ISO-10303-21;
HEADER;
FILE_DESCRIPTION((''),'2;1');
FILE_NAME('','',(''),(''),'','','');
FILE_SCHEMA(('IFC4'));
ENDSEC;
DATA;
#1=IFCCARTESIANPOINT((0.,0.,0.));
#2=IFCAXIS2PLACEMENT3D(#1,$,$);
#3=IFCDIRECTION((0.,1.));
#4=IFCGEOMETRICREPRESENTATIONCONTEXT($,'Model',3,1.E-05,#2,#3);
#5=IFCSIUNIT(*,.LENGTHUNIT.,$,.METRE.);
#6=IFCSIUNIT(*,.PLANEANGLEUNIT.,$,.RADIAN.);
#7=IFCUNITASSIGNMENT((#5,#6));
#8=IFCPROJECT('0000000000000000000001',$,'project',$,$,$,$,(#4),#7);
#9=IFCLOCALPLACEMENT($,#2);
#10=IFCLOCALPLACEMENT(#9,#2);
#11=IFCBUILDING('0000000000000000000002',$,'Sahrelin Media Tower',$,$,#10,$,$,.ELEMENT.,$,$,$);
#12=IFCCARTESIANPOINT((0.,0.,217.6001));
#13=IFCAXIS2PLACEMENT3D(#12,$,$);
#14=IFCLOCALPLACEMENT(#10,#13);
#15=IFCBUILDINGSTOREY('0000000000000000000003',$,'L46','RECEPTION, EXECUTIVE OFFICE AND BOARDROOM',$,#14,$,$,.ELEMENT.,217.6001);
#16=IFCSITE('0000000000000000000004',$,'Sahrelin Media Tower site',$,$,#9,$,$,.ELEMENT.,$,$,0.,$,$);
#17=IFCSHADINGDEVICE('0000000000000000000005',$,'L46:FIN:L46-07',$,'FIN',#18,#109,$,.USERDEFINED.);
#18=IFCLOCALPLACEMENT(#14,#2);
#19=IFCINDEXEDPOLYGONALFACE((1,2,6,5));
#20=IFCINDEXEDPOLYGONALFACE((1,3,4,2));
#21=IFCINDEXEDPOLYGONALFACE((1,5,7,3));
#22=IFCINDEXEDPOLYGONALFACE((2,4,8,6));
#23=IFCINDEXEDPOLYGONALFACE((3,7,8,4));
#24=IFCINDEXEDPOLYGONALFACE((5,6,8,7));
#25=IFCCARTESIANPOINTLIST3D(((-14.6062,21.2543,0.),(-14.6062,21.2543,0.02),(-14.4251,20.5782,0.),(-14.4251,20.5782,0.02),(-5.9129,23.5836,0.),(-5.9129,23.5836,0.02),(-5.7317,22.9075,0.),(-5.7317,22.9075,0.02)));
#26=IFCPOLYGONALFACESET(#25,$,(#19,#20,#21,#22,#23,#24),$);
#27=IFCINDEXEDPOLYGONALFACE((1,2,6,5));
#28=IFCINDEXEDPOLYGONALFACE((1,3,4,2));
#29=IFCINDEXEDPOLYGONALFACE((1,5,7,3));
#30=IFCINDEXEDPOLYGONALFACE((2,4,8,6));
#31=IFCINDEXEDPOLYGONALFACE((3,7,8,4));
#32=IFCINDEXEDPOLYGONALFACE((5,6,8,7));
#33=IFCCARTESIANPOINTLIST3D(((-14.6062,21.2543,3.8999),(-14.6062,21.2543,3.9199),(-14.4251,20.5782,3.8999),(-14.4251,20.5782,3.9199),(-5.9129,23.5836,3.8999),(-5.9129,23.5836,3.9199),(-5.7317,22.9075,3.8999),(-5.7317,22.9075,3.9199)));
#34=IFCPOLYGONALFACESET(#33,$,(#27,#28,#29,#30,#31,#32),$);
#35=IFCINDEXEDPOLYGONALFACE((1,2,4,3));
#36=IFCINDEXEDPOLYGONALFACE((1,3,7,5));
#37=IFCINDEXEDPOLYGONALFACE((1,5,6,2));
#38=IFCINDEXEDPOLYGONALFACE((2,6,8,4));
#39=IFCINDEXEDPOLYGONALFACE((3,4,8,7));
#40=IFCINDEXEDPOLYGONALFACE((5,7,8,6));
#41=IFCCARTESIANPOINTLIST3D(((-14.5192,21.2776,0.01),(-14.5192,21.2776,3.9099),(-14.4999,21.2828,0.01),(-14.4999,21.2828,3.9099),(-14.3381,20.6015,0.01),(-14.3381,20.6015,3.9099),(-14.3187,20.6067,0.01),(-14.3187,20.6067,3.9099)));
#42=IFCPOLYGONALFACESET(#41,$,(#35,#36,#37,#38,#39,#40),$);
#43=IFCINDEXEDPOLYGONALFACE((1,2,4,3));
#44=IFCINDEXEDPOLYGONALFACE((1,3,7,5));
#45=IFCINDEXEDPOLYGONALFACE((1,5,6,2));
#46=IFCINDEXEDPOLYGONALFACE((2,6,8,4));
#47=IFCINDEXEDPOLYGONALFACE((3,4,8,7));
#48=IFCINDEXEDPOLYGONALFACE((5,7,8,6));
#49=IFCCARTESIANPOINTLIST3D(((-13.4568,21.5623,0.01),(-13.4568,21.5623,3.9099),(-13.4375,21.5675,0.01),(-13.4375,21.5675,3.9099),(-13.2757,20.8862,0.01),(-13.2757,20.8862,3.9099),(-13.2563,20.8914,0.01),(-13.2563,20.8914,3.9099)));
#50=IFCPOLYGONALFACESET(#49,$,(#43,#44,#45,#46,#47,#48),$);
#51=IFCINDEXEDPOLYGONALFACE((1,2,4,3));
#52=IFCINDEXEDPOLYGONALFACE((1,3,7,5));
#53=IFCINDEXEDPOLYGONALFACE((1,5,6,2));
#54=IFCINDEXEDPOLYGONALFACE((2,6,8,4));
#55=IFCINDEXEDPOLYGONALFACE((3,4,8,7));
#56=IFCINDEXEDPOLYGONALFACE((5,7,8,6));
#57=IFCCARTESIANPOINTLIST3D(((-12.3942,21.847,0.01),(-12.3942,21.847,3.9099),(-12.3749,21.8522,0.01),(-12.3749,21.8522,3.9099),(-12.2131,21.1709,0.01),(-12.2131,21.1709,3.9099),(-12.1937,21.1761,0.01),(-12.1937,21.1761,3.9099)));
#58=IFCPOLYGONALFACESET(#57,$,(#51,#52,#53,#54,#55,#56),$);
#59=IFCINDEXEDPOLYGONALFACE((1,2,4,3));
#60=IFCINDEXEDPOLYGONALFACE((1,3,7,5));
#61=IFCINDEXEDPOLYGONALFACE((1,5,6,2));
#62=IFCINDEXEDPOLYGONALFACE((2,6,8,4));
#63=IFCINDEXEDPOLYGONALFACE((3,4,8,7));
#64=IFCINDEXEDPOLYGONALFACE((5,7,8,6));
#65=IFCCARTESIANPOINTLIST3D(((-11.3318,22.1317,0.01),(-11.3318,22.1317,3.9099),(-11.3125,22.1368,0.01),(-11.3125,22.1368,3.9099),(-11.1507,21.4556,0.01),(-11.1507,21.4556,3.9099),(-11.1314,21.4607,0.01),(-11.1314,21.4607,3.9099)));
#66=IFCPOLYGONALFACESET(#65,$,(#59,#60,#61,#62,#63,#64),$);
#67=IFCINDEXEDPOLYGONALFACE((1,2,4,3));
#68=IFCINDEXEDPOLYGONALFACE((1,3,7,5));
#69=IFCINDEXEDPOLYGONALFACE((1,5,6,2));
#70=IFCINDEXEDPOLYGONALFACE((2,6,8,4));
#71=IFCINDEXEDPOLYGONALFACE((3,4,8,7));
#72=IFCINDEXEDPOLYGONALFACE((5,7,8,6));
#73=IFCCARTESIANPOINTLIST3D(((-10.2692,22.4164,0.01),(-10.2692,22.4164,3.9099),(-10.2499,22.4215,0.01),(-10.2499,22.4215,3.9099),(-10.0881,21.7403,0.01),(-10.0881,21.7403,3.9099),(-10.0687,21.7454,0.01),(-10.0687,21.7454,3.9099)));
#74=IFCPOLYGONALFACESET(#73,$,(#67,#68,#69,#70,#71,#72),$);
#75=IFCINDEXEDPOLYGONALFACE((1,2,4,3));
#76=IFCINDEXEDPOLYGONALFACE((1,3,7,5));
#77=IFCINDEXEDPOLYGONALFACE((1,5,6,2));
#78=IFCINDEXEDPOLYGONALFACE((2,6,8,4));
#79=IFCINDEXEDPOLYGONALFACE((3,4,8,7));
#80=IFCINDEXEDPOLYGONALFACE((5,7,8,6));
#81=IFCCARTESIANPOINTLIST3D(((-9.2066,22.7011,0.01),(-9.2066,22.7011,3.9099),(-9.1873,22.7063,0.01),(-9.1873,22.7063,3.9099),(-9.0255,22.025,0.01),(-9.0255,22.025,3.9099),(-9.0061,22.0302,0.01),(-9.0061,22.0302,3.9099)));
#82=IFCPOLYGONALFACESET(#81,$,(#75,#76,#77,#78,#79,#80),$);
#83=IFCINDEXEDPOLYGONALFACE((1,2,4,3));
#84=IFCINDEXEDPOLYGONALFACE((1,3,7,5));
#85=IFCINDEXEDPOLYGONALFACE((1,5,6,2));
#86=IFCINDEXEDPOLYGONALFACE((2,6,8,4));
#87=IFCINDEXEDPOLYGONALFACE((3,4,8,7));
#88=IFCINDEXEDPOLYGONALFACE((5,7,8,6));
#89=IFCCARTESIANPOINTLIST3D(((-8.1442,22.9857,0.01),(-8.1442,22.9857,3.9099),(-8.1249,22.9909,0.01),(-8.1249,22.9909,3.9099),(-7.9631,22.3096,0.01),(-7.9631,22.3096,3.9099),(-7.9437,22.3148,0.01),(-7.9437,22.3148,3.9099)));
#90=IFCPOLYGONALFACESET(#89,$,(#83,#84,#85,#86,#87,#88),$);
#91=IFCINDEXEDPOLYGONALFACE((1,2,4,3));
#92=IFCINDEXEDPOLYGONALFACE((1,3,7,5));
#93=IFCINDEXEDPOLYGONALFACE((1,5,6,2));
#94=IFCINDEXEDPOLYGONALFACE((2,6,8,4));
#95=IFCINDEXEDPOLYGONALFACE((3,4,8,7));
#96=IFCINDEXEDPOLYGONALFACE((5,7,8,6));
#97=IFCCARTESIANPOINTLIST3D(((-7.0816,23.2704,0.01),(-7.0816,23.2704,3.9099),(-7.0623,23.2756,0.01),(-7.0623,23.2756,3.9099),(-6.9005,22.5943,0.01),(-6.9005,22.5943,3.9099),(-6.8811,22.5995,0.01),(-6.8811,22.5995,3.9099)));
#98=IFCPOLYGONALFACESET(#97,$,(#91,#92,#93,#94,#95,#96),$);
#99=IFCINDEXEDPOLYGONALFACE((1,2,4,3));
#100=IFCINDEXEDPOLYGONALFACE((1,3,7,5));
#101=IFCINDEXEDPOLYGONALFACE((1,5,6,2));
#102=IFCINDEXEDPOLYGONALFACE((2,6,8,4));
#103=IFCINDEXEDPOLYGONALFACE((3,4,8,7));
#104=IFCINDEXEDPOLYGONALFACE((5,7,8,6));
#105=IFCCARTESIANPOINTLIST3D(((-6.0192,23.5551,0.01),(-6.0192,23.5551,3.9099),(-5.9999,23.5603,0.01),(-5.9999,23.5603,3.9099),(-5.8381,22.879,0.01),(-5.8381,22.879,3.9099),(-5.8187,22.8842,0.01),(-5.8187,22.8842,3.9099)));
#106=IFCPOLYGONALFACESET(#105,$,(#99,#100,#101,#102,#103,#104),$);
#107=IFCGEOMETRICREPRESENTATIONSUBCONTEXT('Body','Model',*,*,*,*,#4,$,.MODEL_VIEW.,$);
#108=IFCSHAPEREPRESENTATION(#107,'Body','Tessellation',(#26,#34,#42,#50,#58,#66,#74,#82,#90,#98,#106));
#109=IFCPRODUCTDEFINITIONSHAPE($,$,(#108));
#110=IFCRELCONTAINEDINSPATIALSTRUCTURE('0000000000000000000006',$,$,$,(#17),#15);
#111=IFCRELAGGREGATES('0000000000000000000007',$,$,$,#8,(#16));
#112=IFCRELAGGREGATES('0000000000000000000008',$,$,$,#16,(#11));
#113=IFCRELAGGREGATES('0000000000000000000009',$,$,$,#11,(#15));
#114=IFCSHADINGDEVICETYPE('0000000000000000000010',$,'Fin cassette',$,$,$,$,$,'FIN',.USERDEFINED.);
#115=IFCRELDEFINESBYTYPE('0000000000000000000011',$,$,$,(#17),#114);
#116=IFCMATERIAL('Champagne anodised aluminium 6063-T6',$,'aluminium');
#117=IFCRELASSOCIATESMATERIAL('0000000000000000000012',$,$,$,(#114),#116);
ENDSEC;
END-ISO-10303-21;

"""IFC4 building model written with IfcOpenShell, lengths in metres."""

from ifc_helpers import new_model, si_unit, direction, frame, origin, origin_2d, place, context, subcontext, project, spatial, rectangle, extrude, material, type_object, element, save


model = new_model("IFC4")

# Units and contexts
model_context = context("Model", 3, precision=1e-05, world=origin(), true_north=direction((0.0, 1.0)))
body_context = subcontext(model_context, "Body", "Model", "MODEL_VIEW")
ifc_project = project(units=[si_unit("LENGTHUNIT", "METRE"), si_unit("PLANEANGLEUNIT", "RADIAN")], contexts=[model_context])

# Site, building, storey
site_placement = place(None, origin())
site = spatial("IfcSite", under=ifc_project, at=site_placement, Name="Sahrelin Media Tower site", CompositionType="ELEMENT", RefElevation=0.0)
building_placement = place(site_placement, origin())
building = spatial("IfcBuilding", under=site, at=building_placement, Name="Sahrelin Media Tower", CompositionType="ELEMENT")
storey_placement = place(building_placement, frame((0.0, 0.0, 217.6001)))
storey = spatial("IfcBuildingStorey", under=building, at=storey_placement, Name="L46", Description="RECEPTION, EXECUTIVE OFFICE AND BOARDROOM", CompositionType="ELEMENT", Elevation=217.6001)

# Shared definitions
ifc_material_1 = material(Name="Champagne anodised aluminium 6063-T6", Category="aluminium")

# Shading device
shading_device_type_1 = type_object("IfcShadingDeviceType", Name="Fin cassette", ElementType="FIN", PredefinedType="USERDEFINED", material=ifc_material_1)
placement = place(storey_placement, frame((-10.0603, 21.6753, 0.0), z_axis=(0.0, 0.0, 1.0), x_axis=(0.965929, 0.258808, 0.0)))
element("IfcShadingDevice", 1, at=placement, inside=storey, type_object=shading_device_type_1, Name="L46:FIN:L46-07", ObjectType="FIN", PredefinedType="USERDEFINED", context=body_context, shape_type="SweptSolid", body=[
    extrude(rectangle(XDim=9.0, YDim=0.7, at=origin_2d()), frame((0.0, 0.4199, 0.0)), (0.0, 0.0, 1.0), 0.02),
    extrude(rectangle(XDim=9.0, YDim=0.7, at=origin_2d()), frame((0.0, 0.4199, 3.8999)), (0.0, 0.0, 1.0), 0.02),
    extrude(rectangle(XDim=0.02, YDim=0.7, at=origin_2d()), frame((-4.3999, 0.4199, 0.01), z_axis=(0.0, 0.0, 1.0), x_axis=(1.0, 0.0, 0.0)), (0.0, 0.0, 1.0), 3.8999),
    extrude(rectangle(XDim=0.02, YDim=0.7, at=origin_2d()), frame((-3.3, 0.4199, 0.01), z_axis=(0.0, 0.0, 1.0), x_axis=(1.0, 0.0, 0.0)), (0.0, 0.0, 1.0), 3.8999),
    extrude(rectangle(XDim=0.02, YDim=0.7, at=origin_2d()), frame((-2.2, 0.4199, 0.01), z_axis=(0.0, 0.0, 1.0), x_axis=(1.0, 0.0, 0.0)), (0.0, 0.0, 1.0), 3.8999),
    extrude(rectangle(XDim=0.02, YDim=0.7, at=origin_2d()), frame((-1.1001, 0.4199, 0.01), z_axis=(0.0, 0.0, 1.0), x_axis=(1.0, 0.0, 0.0)), (0.0, 0.0, 1.0), 3.8999),
    extrude(rectangle(XDim=0.02, YDim=0.7, at=origin_2d()), frame((0.0, 0.4199, 0.01), z_axis=(0.0, 0.0, 1.0), x_axis=(1.0, 0.0, 0.0)), (0.0, 0.0, 1.0), 3.8999),
    extrude(rectangle(XDim=0.02, YDim=0.7, at=origin_2d()), frame((1.1001, 0.4199, 0.01), z_axis=(0.0, 0.0, 1.0), x_axis=(1.0, 0.0, 0.0)), (0.0, 0.0, 1.0), 3.8999),
    extrude(rectangle(XDim=0.02, YDim=0.7, at=origin_2d()), frame((2.2, 0.4199, 0.01), z_axis=(0.0, 0.0, 1.0), x_axis=(1.0, 0.0, 0.0)), (0.0, 0.0, 1.0), 3.8999),
    extrude(rectangle(XDim=0.02, YDim=0.7, at=origin_2d()), frame((3.3, 0.4199, 0.01), z_axis=(0.0, 0.0, 1.0), x_axis=(1.0, 0.0, 0.0)), (0.0, 0.0, 1.0), 3.8999),
    extrude(rectangle(XDim=0.02, YDim=0.7, at=origin_2d()), frame((4.3999, 0.4199, 0.01), z_axis=(0.0, 0.0, 1.0), x_axis=(1.0, 0.0, 0.0)), (0.0, 0.0, 1.0), 3.8999),
])

save(model, "model.ifc")
